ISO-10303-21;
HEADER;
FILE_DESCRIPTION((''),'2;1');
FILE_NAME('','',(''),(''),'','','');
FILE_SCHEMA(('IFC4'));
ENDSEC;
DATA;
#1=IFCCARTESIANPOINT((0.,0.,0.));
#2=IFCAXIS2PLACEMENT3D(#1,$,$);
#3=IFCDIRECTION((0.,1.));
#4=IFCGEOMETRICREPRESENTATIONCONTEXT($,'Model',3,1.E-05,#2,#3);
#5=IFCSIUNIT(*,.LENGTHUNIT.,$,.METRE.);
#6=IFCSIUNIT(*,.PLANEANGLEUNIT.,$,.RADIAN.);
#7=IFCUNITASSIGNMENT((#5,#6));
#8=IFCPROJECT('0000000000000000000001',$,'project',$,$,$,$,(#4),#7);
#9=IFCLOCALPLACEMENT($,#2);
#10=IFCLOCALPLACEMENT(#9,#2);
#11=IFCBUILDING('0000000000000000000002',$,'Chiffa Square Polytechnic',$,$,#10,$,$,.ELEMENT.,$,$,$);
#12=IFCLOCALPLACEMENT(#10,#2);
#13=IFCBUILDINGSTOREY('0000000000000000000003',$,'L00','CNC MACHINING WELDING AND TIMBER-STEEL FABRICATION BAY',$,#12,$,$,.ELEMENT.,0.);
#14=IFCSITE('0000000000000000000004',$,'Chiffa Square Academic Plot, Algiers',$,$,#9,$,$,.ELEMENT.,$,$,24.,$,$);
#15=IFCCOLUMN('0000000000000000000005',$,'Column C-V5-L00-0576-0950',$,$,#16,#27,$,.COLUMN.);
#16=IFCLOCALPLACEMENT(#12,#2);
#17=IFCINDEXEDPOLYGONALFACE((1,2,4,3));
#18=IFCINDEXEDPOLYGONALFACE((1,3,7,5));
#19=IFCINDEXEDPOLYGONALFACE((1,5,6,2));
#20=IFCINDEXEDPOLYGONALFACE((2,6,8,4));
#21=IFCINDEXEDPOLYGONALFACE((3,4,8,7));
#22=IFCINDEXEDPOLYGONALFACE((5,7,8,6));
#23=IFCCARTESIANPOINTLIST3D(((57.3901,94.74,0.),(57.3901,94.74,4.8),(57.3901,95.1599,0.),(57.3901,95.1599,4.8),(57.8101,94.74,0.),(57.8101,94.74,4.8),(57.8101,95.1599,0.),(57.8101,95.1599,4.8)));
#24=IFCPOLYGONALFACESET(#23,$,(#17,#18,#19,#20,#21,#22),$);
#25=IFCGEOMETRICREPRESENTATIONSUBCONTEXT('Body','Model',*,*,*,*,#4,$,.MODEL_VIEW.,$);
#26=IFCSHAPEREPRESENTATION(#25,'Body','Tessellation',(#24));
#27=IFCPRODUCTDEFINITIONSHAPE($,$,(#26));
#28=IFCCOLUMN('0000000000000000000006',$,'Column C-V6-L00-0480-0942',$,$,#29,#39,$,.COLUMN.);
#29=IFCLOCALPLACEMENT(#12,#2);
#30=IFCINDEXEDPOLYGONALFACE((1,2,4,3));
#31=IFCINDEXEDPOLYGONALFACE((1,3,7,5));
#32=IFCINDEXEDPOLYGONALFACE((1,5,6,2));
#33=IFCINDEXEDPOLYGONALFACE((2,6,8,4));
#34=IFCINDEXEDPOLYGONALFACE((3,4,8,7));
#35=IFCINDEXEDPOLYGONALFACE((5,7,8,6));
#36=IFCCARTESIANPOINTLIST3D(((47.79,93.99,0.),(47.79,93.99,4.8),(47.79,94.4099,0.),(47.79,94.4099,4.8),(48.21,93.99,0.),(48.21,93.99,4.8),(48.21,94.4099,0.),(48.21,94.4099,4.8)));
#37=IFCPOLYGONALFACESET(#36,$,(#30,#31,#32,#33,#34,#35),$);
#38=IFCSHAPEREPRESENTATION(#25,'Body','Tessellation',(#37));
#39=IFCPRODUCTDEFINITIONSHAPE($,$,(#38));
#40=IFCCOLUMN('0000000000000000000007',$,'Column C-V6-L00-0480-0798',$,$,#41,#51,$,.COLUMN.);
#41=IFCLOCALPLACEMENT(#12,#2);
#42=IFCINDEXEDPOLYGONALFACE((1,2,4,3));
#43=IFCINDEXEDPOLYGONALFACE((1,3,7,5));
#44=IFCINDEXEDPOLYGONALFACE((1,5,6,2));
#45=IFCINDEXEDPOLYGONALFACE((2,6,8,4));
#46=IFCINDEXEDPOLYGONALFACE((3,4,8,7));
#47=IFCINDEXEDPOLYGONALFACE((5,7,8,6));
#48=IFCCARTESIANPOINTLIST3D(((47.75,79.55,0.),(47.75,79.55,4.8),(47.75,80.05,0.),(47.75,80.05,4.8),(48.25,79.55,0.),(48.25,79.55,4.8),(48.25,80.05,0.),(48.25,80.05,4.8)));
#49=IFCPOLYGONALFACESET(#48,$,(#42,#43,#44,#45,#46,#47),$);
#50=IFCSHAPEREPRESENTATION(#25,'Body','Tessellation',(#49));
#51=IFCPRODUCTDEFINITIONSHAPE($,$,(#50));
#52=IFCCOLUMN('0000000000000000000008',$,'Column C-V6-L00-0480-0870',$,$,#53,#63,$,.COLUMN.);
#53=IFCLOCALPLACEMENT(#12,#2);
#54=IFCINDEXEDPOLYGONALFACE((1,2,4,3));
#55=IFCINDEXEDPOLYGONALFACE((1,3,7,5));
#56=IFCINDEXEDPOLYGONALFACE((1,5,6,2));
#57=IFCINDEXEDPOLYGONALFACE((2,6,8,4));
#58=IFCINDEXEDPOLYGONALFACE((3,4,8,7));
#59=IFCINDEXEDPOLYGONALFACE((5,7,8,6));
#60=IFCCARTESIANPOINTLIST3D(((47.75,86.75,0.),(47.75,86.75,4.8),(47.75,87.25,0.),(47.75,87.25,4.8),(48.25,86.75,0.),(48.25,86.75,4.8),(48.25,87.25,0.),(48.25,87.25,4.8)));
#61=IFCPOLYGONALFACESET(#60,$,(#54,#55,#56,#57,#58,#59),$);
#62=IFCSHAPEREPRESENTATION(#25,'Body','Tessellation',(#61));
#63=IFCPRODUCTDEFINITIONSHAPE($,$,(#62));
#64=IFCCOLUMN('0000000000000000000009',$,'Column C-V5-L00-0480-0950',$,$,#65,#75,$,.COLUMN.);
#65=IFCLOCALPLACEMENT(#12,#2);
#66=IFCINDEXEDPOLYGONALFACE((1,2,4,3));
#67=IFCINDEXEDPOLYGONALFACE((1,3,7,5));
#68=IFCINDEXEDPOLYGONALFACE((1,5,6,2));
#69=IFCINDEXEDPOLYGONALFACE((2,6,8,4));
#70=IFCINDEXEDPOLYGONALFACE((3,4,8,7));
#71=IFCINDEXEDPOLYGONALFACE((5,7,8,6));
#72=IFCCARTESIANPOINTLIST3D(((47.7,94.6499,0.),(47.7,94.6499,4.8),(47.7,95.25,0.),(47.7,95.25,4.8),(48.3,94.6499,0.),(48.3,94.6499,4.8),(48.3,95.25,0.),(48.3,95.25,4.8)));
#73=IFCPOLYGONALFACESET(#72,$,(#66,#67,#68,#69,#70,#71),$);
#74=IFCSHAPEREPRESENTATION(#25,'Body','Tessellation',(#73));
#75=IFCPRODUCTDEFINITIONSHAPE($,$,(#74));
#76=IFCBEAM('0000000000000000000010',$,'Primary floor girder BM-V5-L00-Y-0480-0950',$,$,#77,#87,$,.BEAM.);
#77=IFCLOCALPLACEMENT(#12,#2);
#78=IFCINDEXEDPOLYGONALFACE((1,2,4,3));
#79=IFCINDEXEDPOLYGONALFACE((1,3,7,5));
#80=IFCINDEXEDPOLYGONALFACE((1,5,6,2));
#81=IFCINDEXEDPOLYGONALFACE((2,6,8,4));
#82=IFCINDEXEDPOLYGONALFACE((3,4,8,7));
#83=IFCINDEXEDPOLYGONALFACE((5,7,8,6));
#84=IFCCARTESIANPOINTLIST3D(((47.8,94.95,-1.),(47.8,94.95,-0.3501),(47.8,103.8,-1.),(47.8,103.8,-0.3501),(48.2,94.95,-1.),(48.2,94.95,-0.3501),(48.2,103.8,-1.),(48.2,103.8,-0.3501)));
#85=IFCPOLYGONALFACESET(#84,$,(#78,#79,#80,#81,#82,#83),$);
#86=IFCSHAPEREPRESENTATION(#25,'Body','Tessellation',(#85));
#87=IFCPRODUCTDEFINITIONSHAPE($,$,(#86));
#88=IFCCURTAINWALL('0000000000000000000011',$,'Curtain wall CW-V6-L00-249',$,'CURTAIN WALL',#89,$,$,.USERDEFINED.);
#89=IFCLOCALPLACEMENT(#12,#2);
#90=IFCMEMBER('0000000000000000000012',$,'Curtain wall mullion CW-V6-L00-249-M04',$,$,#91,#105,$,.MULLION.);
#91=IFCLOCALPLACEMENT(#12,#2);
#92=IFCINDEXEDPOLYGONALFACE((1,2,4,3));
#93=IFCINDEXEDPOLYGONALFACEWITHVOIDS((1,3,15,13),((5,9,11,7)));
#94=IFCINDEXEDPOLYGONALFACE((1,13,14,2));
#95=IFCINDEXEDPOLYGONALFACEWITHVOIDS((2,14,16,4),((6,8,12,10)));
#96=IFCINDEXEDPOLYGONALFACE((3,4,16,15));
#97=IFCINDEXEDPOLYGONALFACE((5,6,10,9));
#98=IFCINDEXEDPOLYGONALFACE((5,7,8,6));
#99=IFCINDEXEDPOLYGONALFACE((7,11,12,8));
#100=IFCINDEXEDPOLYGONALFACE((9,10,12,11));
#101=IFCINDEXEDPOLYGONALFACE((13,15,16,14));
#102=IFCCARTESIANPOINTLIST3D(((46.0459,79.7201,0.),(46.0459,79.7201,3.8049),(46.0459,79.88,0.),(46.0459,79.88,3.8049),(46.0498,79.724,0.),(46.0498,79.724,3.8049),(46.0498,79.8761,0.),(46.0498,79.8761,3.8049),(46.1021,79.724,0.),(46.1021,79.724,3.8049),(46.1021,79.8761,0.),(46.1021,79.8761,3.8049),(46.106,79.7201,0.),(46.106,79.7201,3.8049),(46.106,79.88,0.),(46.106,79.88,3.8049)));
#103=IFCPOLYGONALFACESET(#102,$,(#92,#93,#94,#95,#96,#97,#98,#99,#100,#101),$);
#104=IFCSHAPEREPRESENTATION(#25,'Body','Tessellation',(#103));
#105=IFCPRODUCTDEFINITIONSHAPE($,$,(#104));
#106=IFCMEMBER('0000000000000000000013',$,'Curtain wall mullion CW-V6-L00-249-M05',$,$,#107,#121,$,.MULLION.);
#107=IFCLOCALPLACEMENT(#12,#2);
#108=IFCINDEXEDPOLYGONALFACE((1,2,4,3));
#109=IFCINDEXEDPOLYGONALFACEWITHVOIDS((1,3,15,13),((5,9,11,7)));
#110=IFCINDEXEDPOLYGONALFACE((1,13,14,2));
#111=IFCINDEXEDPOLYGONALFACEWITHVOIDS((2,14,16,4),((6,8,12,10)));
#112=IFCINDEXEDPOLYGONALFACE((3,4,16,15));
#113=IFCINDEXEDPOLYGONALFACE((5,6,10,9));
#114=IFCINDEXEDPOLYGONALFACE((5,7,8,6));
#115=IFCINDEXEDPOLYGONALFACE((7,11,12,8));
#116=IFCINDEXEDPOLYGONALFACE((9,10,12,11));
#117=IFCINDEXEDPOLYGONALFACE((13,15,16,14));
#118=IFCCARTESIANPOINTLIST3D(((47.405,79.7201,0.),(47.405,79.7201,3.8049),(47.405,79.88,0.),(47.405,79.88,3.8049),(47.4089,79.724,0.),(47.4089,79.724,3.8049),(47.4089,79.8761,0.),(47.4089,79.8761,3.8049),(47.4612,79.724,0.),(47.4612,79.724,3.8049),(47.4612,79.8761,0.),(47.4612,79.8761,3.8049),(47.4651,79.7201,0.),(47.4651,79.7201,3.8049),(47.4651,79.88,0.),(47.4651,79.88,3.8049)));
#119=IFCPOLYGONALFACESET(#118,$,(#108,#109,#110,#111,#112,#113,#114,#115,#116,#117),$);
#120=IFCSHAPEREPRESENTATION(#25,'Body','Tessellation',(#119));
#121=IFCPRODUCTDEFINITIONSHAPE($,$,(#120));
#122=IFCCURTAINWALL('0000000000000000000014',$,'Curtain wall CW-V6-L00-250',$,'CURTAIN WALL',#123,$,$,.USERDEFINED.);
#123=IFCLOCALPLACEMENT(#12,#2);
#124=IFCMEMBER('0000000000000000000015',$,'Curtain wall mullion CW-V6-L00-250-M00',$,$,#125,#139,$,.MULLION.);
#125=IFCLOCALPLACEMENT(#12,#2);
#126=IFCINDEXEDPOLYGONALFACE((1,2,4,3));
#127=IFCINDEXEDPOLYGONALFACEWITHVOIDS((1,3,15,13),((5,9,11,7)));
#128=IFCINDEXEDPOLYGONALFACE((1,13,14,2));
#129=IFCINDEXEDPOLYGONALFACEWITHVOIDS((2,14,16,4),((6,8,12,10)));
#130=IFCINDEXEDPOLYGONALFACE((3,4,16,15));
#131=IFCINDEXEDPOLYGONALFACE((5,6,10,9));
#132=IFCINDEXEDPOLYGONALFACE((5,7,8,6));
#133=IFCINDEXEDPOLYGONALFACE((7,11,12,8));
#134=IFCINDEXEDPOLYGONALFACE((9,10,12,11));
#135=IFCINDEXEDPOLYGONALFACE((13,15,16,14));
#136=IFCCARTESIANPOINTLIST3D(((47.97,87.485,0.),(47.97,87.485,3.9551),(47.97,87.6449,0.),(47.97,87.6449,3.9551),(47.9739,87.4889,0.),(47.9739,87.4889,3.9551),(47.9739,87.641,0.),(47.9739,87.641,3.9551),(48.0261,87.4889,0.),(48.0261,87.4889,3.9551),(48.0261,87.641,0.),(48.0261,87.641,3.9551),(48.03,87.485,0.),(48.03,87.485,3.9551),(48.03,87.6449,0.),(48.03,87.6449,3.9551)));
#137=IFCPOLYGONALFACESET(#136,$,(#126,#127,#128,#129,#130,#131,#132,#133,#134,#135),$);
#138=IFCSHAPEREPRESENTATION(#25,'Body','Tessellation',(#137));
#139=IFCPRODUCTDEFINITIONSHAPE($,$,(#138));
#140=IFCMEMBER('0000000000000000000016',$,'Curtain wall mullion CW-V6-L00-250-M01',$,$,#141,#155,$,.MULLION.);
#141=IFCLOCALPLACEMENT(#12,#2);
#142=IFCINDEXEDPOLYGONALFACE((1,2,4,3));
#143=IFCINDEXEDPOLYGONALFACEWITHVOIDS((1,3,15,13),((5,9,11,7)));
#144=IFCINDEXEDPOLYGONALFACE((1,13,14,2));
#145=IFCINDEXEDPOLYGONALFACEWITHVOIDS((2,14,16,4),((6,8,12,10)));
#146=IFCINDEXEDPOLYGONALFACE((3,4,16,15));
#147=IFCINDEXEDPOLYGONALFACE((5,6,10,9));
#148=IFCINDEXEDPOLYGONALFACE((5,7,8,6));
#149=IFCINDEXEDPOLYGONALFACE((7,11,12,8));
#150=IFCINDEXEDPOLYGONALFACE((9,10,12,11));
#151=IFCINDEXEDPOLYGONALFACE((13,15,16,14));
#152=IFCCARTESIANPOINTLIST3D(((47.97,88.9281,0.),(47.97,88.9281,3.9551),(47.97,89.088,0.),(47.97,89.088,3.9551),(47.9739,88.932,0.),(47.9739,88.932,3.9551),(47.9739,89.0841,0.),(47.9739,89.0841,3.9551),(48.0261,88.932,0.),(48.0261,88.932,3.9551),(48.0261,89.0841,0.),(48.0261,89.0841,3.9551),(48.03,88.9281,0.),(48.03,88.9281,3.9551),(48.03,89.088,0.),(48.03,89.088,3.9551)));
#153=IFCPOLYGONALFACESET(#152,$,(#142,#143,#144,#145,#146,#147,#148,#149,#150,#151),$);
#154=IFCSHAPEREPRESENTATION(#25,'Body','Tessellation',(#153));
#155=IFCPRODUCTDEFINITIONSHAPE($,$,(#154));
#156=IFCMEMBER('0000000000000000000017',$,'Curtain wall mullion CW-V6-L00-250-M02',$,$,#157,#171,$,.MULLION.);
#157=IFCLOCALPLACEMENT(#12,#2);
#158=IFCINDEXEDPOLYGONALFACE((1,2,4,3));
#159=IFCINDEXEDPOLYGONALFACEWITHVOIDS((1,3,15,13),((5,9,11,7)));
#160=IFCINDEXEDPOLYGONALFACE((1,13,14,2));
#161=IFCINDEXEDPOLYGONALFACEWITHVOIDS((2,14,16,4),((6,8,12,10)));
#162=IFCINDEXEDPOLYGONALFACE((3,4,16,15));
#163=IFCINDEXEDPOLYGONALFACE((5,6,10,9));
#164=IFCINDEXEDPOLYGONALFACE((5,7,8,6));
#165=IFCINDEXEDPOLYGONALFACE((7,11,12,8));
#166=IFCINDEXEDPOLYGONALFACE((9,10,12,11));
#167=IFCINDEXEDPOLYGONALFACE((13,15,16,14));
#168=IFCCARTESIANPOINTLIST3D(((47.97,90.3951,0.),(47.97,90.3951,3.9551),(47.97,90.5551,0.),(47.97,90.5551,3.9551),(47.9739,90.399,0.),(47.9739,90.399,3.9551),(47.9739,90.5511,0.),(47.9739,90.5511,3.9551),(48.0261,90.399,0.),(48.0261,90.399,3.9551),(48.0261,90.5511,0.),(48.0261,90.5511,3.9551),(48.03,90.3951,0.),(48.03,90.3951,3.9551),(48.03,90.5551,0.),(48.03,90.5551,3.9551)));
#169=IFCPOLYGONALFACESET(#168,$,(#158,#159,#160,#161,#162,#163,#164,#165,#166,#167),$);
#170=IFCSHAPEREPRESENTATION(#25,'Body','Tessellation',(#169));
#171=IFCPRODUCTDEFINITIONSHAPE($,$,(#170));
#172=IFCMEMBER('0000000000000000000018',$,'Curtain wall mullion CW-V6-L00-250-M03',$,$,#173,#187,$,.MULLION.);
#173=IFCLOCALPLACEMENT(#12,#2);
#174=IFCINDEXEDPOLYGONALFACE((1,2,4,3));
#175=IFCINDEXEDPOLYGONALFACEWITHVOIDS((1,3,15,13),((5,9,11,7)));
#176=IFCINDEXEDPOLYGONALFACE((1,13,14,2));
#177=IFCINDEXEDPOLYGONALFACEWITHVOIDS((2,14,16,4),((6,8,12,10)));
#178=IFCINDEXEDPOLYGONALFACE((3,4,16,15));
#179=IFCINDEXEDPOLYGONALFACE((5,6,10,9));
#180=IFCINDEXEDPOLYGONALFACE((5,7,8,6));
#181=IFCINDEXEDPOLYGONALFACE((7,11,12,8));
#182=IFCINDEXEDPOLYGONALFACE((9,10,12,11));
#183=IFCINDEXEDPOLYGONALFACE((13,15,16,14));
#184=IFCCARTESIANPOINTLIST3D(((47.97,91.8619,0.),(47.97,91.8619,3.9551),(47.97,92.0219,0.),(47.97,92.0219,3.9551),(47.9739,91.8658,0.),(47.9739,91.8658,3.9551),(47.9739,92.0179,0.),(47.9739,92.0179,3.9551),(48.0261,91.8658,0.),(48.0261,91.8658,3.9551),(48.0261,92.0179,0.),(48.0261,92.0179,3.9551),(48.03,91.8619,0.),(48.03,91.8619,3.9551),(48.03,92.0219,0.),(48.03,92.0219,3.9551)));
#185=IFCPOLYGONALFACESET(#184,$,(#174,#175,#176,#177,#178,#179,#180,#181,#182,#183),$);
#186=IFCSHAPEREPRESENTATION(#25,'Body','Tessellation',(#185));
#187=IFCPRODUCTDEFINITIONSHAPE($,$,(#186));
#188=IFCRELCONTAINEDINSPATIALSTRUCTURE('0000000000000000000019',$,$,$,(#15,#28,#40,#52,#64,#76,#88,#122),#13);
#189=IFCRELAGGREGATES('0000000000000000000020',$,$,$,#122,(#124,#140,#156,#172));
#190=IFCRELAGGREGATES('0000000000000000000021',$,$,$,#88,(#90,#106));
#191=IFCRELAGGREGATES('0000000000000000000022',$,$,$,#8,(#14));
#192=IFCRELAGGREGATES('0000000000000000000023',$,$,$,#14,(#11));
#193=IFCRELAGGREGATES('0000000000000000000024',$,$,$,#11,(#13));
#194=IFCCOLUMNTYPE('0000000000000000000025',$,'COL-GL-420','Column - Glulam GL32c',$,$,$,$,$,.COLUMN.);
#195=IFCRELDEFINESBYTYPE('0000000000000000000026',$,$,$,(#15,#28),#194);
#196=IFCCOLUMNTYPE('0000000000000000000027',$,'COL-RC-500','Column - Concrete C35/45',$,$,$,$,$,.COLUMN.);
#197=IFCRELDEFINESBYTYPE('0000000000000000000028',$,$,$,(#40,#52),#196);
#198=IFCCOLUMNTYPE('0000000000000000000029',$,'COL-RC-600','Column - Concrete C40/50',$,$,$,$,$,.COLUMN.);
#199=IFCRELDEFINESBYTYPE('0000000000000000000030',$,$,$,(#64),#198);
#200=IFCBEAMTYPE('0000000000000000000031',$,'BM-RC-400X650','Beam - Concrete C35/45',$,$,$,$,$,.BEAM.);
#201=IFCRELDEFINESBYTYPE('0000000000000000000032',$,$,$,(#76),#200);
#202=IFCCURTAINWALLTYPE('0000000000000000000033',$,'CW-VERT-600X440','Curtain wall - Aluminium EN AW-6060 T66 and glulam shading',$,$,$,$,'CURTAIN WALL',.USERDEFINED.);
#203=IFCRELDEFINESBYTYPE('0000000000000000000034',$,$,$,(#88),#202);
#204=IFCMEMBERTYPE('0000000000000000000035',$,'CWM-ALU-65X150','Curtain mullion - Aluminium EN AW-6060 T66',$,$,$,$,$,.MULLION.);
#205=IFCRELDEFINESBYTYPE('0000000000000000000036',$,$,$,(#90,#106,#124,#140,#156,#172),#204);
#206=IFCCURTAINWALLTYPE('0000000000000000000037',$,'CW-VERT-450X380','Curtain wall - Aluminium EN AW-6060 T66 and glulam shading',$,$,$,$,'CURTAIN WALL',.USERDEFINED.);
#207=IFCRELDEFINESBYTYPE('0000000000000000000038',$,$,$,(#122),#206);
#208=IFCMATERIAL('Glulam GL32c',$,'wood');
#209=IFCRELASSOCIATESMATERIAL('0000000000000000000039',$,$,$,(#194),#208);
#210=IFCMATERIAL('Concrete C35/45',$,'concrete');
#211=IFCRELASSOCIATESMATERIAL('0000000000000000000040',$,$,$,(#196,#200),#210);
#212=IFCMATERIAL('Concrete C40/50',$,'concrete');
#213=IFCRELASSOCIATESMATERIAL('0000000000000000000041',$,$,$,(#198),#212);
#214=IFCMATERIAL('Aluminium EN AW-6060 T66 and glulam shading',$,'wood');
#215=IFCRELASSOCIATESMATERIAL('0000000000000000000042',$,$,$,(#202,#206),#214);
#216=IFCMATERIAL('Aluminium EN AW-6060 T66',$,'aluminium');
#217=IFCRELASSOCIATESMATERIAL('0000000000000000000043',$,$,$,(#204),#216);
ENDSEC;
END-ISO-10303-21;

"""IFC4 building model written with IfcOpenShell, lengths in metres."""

from ifc_helpers import new_model, si_unit, direction, frame, origin, origin_2d, place, context, subcontext, project, spatial, rectangle, hollow_rectangle, extrude, material, material_profile, profile_set, type_object, element, aggregate, save


model = new_model("IFC4")

# Units and contexts
model_context = context("Model", 3, precision=1e-05, world=origin(), true_north=direction((0.0, 1.0)))
body_context = subcontext(model_context, "Body", "Model", "MODEL_VIEW")
ifc_project = project(units=[si_unit("LENGTHUNIT", "METRE"), si_unit("PLANEANGLEUNIT", "RADIAN")], contexts=[model_context])

# Site, building, storey
site_placement = place(None, origin())
site = spatial("IfcSite", under=ifc_project, at=site_placement, Name="Chiffa Square Academic Plot, Algiers", CompositionType="ELEMENT", RefElevation=24.0)
building_placement = place(site_placement, origin())
building = spatial("IfcBuilding", under=site, at=building_placement, Name="Chiffa Square Polytechnic", CompositionType="ELEMENT")
storey_placement = place(building_placement, origin())
storey = spatial("IfcBuildingStorey", under=building, at=storey_placement, Name="L00", Description="CNC MACHINING WELDING AND TIMBER-STEEL FABRICATION BAY", CompositionType="ELEMENT", Elevation=0.0)

# Columns
ifc_material_1 = material(Name="Glulam GL32c", Category="wood")
ifc_material_profile_1 = material_profile(ifc_material_1, rectangle(XDim=0.4199, YDim=0.4199, at=origin_2d()), Name="GL32c 420x420")
ifc_profile_set_1 = profile_set([ifc_material_profile_1], Name="Glulam GL32c")
column_type_1 = type_object("IfcColumnType", Name="COL-GL-420", Description="Column - Glulam GL32c", PredefinedType="COLUMN", material=ifc_profile_set_1)
for number, where, z_axis, x_axis, name in (
    (1, (57.6001, 94.95, 0.0), (0.0, 0.0, 1.0), (1.0, 0.0, 0.0), "Column C-V5-L00-0576-0950"),
    (2, (48.0, 94.2, 0.0), (0.0, 0.0, 1.0), (1.0, 0.0, 0.0), "Column C-V6-L00-0480-0942"),
):
    element("IfcColumn", number, at=place(storey_placement, frame(where, z_axis=z_axis, x_axis=x_axis)), inside=storey, type_object=column_type_1, Name=name, PredefinedType="COLUMN", context=body_context, shape_type="SweptSolid", body=[
        extrude(rectangle(XDim=0.4199, YDim=0.4199, at=origin_2d()), origin(), (0.0, 0.0, 1.0), 4.8),
    ])
ifc_material_2 = material(Name="Concrete C35/45", Category="concrete")
ifc_material_profile_2 = material_profile(ifc_material_2, rectangle(XDim=0.5, YDim=0.5, at=origin_2d()), Name="RC 500x500")
ifc_profile_set_2 = profile_set([ifc_material_profile_2], Name="Concrete C35/45")
column_type_2 = type_object("IfcColumnType", Name="COL-RC-500", Description="Column - Concrete C35/45", PredefinedType="COLUMN", material=ifc_profile_set_2)
for number, where, z_axis, x_axis, name in (
    (3, (48.0, 79.8, 0.0), (0.0, 0.0, 1.0), (1.0, 0.0, 0.0), "Column C-V6-L00-0480-0798"),
    (4, (48.0, 87.0, 0.0), (0.0, 0.0, 1.0), (1.0, 0.0, 0.0), "Column C-V6-L00-0480-0870"),
):
    element("IfcColumn", number, at=place(storey_placement, frame(where, z_axis=z_axis, x_axis=x_axis)), inside=storey, type_object=column_type_2, Name=name, PredefinedType="COLUMN", context=body_context, shape_type="SweptSolid", body=[
        extrude(rectangle(XDim=0.5, YDim=0.5, at=origin_2d()), origin(), (0.0, 0.0, 1.0), 4.8),
    ])
ifc_material_3 = material(Name="Concrete C40/50", Category="concrete")
ifc_material_profile_3 = material_profile(ifc_material_3, rectangle(XDim=0.6001, YDim=0.6001, at=origin_2d()), Name="RC 600x600")
ifc_profile_set_3 = profile_set([ifc_material_profile_3], Name="Concrete C40/50")
column_type_3 = type_object("IfcColumnType", Name="COL-RC-600", Description="Column - Concrete C40/50", PredefinedType="COLUMN", material=ifc_profile_set_3)
column_placement = place(storey_placement, frame((48.0, 94.95, 0.0), z_axis=(0.0, 0.0, 1.0), x_axis=(1.0, 0.0, 0.0)))
element("IfcColumn", 5, at=column_placement, inside=storey, type_object=column_type_3, Name="Column C-V5-L00-0480-0950", PredefinedType="COLUMN", context=body_context, shape_type="SweptSolid", body=[
    extrude(rectangle(XDim=0.6001, YDim=0.6001, at=origin_2d()), origin(), (0.0, 0.0, 1.0), 4.8),
])

# Beam
ifc_material_profile_4 = material_profile(ifc_material_2, rectangle(XDim=0.3999, YDim=0.6499, at=origin_2d()), Name="RC 400x650")
ifc_profile_set_4 = profile_set([ifc_material_profile_4], Name="Concrete C35/45")
beam_type_1 = type_object("IfcBeamType", Name="BM-RC-400X650", Description="Beam - Concrete C35/45", PredefinedType="BEAM", material=ifc_profile_set_4)
beam_placement = place(storey_placement, frame((48.0, 94.95, -0.675), z_axis=(0.0, 1.0, 0.0), x_axis=(-1.0, 0.0, 0.0)))
element("IfcBeam", 6, at=beam_placement, inside=storey, type_object=beam_type_1, Name="Primary floor girder BM-V5-L00-Y-0480-0950", PredefinedType="BEAM", context=body_context, shape_type="SweptSolid", body=[
    extrude(rectangle(XDim=0.3999, YDim=0.6499, at=origin_2d()), origin(), (0.0, 0.0, 1.0), 8.8501),
])

# Curtain walls, members
ifc_material_4 = material(Name="Aluminium EN AW-6060 T66 and glulam shading", Category="wood")
curtain_wall_type_1 = type_object("IfcCurtainWallType", Name="CW-VERT-600X440", Description="Curtain wall - Aluminium EN AW-6060 T66 and glulam shading", ElementType="CURTAIN WALL", PredefinedType="USERDEFINED", material=ifc_material_4)
curtain_wall_1_placement = place(storey_placement, origin())
curtain_wall_1 = element("IfcCurtainWall", 7, at=curtain_wall_1_placement, inside=storey, type_object=curtain_wall_type_1, Name="Curtain wall CW-V6-L00-249", ObjectType="CURTAIN WALL", PredefinedType="USERDEFINED")
ifc_material_5 = material(Name="Aluminium EN AW-6060 T66", Category="aluminium")
ifc_material_profile_5 = material_profile(ifc_material_5, hollow_rectangle(XDim=0.0601, YDim=0.1599, WallThickness=0.0039, at=origin_2d()), Name="ALU 60x160x4")
ifc_profile_set_5 = profile_set([ifc_material_profile_5], Name="Aluminium EN AW-6060 T66")
member_type_1 = type_object("IfcMemberType", Name="CWM-ALU-65X150", Description="Curtain mullion - Aluminium EN AW-6060 T66", PredefinedType="MULLION", material=ifc_profile_set_5)
member_1_placement = place(storey_placement, frame((46.0759, 79.8, 0.0), z_axis=(0.0, 0.0, 1.0), x_axis=(1.0, 0.0, 0.0)))
member_1 = element("IfcMember", 8, at=member_1_placement, type_object=member_type_1, Name="Curtain wall mullion CW-V6-L00-249-M04", PredefinedType="MULLION", context=body_context, shape_type="SweptSolid", body=[
    extrude(hollow_rectangle(XDim=0.0601, YDim=0.1599, WallThickness=0.0039, at=origin_2d()), origin(), (0.0, 0.0, 1.0), 3.8049),
])
member_2_placement = place(storey_placement, frame((47.4351, 79.8, 0.0), z_axis=(0.0, 0.0, 1.0), x_axis=(1.0, 0.0, 0.0)))
member_2 = element("IfcMember", 9, at=member_2_placement, type_object=member_type_1, Name="Curtain wall mullion CW-V6-L00-249-M05", PredefinedType="MULLION", context=body_context, shape_type="SweptSolid", body=[
    extrude(hollow_rectangle(XDim=0.0601, YDim=0.1599, WallThickness=0.0039, at=origin_2d()), origin(), (0.0, 0.0, 1.0), 3.8049),
])
curtain_wall_type_2 = type_object("IfcCurtainWallType", Name="CW-VERT-450X380", Description="Curtain wall - Aluminium EN AW-6060 T66 and glulam shading", ElementType="CURTAIN WALL", PredefinedType="USERDEFINED", material=ifc_material_4)
curtain_wall_2_placement = place(storey_placement, origin())
curtain_wall_2 = element("IfcCurtainWall", 10, at=curtain_wall_2_placement, inside=storey, type_object=curtain_wall_type_2, Name="Curtain wall CW-V6-L00-250", ObjectType="CURTAIN WALL", PredefinedType="USERDEFINED")
member_3_placement = place(storey_placement, frame((48.0, 87.5649, 0.0), z_axis=(0.0, 0.0, 1.0), x_axis=(1.0, 0.0, 0.0)))
member_3 = element("IfcMember", 11, at=member_3_placement, type_object=member_type_1, Name="Curtain wall mullion CW-V6-L00-250-M00", PredefinedType="MULLION", context=body_context, shape_type="SweptSolid", body=[
    extrude(hollow_rectangle(XDim=0.0601, YDim=0.1599, WallThickness=0.0039, at=origin_2d()), origin(), (0.0, 0.0, 1.0), 3.9551),
])
member_4_placement = place(storey_placement, frame((48.0, 89.0081, 0.0), z_axis=(0.0, 0.0, 1.0), x_axis=(1.0, 0.0, 0.0)))
member_4 = element("IfcMember", 12, at=member_4_placement, type_object=member_type_1, Name="Curtain wall mullion CW-V6-L00-250-M01", PredefinedType="MULLION", context=body_context, shape_type="SweptSolid", body=[
    extrude(hollow_rectangle(XDim=0.0601, YDim=0.1599, WallThickness=0.0039, at=origin_2d()), origin(), (0.0, 0.0, 1.0), 3.9551),
])
member_5_placement = place(storey_placement, frame((48.0, 90.4751, 0.0), z_axis=(0.0, 0.0, 1.0), x_axis=(1.0, 0.0, 0.0)))
member_5 = element("IfcMember", 13, at=member_5_placement, type_object=member_type_1, Name="Curtain wall mullion CW-V6-L00-250-M02", PredefinedType="MULLION", context=body_context, shape_type="SweptSolid", body=[
    extrude(hollow_rectangle(XDim=0.0601, YDim=0.1599, WallThickness=0.0039, at=origin_2d()), origin(), (0.0, 0.0, 1.0), 3.9551),
])
member_6_placement = place(storey_placement, frame((48.0, 91.9419, 0.0), z_axis=(0.0, 0.0, 1.0), x_axis=(1.0, 0.0, 0.0)))
member_6 = element("IfcMember", 14, at=member_6_placement, type_object=member_type_1, Name="Curtain wall mullion CW-V6-L00-250-M03", PredefinedType="MULLION", context=body_context, shape_type="SweptSolid", body=[
    extrude(hollow_rectangle(XDim=0.0601, YDim=0.1599, WallThickness=0.0039, at=origin_2d()), origin(), (0.0, 0.0, 1.0), 3.9551),
])

aggregate(curtain_wall_2, [member_3, member_4, member_5, member_6])
aggregate(curtain_wall_1, [member_1, member_2])

save(model, "model.ifc")
